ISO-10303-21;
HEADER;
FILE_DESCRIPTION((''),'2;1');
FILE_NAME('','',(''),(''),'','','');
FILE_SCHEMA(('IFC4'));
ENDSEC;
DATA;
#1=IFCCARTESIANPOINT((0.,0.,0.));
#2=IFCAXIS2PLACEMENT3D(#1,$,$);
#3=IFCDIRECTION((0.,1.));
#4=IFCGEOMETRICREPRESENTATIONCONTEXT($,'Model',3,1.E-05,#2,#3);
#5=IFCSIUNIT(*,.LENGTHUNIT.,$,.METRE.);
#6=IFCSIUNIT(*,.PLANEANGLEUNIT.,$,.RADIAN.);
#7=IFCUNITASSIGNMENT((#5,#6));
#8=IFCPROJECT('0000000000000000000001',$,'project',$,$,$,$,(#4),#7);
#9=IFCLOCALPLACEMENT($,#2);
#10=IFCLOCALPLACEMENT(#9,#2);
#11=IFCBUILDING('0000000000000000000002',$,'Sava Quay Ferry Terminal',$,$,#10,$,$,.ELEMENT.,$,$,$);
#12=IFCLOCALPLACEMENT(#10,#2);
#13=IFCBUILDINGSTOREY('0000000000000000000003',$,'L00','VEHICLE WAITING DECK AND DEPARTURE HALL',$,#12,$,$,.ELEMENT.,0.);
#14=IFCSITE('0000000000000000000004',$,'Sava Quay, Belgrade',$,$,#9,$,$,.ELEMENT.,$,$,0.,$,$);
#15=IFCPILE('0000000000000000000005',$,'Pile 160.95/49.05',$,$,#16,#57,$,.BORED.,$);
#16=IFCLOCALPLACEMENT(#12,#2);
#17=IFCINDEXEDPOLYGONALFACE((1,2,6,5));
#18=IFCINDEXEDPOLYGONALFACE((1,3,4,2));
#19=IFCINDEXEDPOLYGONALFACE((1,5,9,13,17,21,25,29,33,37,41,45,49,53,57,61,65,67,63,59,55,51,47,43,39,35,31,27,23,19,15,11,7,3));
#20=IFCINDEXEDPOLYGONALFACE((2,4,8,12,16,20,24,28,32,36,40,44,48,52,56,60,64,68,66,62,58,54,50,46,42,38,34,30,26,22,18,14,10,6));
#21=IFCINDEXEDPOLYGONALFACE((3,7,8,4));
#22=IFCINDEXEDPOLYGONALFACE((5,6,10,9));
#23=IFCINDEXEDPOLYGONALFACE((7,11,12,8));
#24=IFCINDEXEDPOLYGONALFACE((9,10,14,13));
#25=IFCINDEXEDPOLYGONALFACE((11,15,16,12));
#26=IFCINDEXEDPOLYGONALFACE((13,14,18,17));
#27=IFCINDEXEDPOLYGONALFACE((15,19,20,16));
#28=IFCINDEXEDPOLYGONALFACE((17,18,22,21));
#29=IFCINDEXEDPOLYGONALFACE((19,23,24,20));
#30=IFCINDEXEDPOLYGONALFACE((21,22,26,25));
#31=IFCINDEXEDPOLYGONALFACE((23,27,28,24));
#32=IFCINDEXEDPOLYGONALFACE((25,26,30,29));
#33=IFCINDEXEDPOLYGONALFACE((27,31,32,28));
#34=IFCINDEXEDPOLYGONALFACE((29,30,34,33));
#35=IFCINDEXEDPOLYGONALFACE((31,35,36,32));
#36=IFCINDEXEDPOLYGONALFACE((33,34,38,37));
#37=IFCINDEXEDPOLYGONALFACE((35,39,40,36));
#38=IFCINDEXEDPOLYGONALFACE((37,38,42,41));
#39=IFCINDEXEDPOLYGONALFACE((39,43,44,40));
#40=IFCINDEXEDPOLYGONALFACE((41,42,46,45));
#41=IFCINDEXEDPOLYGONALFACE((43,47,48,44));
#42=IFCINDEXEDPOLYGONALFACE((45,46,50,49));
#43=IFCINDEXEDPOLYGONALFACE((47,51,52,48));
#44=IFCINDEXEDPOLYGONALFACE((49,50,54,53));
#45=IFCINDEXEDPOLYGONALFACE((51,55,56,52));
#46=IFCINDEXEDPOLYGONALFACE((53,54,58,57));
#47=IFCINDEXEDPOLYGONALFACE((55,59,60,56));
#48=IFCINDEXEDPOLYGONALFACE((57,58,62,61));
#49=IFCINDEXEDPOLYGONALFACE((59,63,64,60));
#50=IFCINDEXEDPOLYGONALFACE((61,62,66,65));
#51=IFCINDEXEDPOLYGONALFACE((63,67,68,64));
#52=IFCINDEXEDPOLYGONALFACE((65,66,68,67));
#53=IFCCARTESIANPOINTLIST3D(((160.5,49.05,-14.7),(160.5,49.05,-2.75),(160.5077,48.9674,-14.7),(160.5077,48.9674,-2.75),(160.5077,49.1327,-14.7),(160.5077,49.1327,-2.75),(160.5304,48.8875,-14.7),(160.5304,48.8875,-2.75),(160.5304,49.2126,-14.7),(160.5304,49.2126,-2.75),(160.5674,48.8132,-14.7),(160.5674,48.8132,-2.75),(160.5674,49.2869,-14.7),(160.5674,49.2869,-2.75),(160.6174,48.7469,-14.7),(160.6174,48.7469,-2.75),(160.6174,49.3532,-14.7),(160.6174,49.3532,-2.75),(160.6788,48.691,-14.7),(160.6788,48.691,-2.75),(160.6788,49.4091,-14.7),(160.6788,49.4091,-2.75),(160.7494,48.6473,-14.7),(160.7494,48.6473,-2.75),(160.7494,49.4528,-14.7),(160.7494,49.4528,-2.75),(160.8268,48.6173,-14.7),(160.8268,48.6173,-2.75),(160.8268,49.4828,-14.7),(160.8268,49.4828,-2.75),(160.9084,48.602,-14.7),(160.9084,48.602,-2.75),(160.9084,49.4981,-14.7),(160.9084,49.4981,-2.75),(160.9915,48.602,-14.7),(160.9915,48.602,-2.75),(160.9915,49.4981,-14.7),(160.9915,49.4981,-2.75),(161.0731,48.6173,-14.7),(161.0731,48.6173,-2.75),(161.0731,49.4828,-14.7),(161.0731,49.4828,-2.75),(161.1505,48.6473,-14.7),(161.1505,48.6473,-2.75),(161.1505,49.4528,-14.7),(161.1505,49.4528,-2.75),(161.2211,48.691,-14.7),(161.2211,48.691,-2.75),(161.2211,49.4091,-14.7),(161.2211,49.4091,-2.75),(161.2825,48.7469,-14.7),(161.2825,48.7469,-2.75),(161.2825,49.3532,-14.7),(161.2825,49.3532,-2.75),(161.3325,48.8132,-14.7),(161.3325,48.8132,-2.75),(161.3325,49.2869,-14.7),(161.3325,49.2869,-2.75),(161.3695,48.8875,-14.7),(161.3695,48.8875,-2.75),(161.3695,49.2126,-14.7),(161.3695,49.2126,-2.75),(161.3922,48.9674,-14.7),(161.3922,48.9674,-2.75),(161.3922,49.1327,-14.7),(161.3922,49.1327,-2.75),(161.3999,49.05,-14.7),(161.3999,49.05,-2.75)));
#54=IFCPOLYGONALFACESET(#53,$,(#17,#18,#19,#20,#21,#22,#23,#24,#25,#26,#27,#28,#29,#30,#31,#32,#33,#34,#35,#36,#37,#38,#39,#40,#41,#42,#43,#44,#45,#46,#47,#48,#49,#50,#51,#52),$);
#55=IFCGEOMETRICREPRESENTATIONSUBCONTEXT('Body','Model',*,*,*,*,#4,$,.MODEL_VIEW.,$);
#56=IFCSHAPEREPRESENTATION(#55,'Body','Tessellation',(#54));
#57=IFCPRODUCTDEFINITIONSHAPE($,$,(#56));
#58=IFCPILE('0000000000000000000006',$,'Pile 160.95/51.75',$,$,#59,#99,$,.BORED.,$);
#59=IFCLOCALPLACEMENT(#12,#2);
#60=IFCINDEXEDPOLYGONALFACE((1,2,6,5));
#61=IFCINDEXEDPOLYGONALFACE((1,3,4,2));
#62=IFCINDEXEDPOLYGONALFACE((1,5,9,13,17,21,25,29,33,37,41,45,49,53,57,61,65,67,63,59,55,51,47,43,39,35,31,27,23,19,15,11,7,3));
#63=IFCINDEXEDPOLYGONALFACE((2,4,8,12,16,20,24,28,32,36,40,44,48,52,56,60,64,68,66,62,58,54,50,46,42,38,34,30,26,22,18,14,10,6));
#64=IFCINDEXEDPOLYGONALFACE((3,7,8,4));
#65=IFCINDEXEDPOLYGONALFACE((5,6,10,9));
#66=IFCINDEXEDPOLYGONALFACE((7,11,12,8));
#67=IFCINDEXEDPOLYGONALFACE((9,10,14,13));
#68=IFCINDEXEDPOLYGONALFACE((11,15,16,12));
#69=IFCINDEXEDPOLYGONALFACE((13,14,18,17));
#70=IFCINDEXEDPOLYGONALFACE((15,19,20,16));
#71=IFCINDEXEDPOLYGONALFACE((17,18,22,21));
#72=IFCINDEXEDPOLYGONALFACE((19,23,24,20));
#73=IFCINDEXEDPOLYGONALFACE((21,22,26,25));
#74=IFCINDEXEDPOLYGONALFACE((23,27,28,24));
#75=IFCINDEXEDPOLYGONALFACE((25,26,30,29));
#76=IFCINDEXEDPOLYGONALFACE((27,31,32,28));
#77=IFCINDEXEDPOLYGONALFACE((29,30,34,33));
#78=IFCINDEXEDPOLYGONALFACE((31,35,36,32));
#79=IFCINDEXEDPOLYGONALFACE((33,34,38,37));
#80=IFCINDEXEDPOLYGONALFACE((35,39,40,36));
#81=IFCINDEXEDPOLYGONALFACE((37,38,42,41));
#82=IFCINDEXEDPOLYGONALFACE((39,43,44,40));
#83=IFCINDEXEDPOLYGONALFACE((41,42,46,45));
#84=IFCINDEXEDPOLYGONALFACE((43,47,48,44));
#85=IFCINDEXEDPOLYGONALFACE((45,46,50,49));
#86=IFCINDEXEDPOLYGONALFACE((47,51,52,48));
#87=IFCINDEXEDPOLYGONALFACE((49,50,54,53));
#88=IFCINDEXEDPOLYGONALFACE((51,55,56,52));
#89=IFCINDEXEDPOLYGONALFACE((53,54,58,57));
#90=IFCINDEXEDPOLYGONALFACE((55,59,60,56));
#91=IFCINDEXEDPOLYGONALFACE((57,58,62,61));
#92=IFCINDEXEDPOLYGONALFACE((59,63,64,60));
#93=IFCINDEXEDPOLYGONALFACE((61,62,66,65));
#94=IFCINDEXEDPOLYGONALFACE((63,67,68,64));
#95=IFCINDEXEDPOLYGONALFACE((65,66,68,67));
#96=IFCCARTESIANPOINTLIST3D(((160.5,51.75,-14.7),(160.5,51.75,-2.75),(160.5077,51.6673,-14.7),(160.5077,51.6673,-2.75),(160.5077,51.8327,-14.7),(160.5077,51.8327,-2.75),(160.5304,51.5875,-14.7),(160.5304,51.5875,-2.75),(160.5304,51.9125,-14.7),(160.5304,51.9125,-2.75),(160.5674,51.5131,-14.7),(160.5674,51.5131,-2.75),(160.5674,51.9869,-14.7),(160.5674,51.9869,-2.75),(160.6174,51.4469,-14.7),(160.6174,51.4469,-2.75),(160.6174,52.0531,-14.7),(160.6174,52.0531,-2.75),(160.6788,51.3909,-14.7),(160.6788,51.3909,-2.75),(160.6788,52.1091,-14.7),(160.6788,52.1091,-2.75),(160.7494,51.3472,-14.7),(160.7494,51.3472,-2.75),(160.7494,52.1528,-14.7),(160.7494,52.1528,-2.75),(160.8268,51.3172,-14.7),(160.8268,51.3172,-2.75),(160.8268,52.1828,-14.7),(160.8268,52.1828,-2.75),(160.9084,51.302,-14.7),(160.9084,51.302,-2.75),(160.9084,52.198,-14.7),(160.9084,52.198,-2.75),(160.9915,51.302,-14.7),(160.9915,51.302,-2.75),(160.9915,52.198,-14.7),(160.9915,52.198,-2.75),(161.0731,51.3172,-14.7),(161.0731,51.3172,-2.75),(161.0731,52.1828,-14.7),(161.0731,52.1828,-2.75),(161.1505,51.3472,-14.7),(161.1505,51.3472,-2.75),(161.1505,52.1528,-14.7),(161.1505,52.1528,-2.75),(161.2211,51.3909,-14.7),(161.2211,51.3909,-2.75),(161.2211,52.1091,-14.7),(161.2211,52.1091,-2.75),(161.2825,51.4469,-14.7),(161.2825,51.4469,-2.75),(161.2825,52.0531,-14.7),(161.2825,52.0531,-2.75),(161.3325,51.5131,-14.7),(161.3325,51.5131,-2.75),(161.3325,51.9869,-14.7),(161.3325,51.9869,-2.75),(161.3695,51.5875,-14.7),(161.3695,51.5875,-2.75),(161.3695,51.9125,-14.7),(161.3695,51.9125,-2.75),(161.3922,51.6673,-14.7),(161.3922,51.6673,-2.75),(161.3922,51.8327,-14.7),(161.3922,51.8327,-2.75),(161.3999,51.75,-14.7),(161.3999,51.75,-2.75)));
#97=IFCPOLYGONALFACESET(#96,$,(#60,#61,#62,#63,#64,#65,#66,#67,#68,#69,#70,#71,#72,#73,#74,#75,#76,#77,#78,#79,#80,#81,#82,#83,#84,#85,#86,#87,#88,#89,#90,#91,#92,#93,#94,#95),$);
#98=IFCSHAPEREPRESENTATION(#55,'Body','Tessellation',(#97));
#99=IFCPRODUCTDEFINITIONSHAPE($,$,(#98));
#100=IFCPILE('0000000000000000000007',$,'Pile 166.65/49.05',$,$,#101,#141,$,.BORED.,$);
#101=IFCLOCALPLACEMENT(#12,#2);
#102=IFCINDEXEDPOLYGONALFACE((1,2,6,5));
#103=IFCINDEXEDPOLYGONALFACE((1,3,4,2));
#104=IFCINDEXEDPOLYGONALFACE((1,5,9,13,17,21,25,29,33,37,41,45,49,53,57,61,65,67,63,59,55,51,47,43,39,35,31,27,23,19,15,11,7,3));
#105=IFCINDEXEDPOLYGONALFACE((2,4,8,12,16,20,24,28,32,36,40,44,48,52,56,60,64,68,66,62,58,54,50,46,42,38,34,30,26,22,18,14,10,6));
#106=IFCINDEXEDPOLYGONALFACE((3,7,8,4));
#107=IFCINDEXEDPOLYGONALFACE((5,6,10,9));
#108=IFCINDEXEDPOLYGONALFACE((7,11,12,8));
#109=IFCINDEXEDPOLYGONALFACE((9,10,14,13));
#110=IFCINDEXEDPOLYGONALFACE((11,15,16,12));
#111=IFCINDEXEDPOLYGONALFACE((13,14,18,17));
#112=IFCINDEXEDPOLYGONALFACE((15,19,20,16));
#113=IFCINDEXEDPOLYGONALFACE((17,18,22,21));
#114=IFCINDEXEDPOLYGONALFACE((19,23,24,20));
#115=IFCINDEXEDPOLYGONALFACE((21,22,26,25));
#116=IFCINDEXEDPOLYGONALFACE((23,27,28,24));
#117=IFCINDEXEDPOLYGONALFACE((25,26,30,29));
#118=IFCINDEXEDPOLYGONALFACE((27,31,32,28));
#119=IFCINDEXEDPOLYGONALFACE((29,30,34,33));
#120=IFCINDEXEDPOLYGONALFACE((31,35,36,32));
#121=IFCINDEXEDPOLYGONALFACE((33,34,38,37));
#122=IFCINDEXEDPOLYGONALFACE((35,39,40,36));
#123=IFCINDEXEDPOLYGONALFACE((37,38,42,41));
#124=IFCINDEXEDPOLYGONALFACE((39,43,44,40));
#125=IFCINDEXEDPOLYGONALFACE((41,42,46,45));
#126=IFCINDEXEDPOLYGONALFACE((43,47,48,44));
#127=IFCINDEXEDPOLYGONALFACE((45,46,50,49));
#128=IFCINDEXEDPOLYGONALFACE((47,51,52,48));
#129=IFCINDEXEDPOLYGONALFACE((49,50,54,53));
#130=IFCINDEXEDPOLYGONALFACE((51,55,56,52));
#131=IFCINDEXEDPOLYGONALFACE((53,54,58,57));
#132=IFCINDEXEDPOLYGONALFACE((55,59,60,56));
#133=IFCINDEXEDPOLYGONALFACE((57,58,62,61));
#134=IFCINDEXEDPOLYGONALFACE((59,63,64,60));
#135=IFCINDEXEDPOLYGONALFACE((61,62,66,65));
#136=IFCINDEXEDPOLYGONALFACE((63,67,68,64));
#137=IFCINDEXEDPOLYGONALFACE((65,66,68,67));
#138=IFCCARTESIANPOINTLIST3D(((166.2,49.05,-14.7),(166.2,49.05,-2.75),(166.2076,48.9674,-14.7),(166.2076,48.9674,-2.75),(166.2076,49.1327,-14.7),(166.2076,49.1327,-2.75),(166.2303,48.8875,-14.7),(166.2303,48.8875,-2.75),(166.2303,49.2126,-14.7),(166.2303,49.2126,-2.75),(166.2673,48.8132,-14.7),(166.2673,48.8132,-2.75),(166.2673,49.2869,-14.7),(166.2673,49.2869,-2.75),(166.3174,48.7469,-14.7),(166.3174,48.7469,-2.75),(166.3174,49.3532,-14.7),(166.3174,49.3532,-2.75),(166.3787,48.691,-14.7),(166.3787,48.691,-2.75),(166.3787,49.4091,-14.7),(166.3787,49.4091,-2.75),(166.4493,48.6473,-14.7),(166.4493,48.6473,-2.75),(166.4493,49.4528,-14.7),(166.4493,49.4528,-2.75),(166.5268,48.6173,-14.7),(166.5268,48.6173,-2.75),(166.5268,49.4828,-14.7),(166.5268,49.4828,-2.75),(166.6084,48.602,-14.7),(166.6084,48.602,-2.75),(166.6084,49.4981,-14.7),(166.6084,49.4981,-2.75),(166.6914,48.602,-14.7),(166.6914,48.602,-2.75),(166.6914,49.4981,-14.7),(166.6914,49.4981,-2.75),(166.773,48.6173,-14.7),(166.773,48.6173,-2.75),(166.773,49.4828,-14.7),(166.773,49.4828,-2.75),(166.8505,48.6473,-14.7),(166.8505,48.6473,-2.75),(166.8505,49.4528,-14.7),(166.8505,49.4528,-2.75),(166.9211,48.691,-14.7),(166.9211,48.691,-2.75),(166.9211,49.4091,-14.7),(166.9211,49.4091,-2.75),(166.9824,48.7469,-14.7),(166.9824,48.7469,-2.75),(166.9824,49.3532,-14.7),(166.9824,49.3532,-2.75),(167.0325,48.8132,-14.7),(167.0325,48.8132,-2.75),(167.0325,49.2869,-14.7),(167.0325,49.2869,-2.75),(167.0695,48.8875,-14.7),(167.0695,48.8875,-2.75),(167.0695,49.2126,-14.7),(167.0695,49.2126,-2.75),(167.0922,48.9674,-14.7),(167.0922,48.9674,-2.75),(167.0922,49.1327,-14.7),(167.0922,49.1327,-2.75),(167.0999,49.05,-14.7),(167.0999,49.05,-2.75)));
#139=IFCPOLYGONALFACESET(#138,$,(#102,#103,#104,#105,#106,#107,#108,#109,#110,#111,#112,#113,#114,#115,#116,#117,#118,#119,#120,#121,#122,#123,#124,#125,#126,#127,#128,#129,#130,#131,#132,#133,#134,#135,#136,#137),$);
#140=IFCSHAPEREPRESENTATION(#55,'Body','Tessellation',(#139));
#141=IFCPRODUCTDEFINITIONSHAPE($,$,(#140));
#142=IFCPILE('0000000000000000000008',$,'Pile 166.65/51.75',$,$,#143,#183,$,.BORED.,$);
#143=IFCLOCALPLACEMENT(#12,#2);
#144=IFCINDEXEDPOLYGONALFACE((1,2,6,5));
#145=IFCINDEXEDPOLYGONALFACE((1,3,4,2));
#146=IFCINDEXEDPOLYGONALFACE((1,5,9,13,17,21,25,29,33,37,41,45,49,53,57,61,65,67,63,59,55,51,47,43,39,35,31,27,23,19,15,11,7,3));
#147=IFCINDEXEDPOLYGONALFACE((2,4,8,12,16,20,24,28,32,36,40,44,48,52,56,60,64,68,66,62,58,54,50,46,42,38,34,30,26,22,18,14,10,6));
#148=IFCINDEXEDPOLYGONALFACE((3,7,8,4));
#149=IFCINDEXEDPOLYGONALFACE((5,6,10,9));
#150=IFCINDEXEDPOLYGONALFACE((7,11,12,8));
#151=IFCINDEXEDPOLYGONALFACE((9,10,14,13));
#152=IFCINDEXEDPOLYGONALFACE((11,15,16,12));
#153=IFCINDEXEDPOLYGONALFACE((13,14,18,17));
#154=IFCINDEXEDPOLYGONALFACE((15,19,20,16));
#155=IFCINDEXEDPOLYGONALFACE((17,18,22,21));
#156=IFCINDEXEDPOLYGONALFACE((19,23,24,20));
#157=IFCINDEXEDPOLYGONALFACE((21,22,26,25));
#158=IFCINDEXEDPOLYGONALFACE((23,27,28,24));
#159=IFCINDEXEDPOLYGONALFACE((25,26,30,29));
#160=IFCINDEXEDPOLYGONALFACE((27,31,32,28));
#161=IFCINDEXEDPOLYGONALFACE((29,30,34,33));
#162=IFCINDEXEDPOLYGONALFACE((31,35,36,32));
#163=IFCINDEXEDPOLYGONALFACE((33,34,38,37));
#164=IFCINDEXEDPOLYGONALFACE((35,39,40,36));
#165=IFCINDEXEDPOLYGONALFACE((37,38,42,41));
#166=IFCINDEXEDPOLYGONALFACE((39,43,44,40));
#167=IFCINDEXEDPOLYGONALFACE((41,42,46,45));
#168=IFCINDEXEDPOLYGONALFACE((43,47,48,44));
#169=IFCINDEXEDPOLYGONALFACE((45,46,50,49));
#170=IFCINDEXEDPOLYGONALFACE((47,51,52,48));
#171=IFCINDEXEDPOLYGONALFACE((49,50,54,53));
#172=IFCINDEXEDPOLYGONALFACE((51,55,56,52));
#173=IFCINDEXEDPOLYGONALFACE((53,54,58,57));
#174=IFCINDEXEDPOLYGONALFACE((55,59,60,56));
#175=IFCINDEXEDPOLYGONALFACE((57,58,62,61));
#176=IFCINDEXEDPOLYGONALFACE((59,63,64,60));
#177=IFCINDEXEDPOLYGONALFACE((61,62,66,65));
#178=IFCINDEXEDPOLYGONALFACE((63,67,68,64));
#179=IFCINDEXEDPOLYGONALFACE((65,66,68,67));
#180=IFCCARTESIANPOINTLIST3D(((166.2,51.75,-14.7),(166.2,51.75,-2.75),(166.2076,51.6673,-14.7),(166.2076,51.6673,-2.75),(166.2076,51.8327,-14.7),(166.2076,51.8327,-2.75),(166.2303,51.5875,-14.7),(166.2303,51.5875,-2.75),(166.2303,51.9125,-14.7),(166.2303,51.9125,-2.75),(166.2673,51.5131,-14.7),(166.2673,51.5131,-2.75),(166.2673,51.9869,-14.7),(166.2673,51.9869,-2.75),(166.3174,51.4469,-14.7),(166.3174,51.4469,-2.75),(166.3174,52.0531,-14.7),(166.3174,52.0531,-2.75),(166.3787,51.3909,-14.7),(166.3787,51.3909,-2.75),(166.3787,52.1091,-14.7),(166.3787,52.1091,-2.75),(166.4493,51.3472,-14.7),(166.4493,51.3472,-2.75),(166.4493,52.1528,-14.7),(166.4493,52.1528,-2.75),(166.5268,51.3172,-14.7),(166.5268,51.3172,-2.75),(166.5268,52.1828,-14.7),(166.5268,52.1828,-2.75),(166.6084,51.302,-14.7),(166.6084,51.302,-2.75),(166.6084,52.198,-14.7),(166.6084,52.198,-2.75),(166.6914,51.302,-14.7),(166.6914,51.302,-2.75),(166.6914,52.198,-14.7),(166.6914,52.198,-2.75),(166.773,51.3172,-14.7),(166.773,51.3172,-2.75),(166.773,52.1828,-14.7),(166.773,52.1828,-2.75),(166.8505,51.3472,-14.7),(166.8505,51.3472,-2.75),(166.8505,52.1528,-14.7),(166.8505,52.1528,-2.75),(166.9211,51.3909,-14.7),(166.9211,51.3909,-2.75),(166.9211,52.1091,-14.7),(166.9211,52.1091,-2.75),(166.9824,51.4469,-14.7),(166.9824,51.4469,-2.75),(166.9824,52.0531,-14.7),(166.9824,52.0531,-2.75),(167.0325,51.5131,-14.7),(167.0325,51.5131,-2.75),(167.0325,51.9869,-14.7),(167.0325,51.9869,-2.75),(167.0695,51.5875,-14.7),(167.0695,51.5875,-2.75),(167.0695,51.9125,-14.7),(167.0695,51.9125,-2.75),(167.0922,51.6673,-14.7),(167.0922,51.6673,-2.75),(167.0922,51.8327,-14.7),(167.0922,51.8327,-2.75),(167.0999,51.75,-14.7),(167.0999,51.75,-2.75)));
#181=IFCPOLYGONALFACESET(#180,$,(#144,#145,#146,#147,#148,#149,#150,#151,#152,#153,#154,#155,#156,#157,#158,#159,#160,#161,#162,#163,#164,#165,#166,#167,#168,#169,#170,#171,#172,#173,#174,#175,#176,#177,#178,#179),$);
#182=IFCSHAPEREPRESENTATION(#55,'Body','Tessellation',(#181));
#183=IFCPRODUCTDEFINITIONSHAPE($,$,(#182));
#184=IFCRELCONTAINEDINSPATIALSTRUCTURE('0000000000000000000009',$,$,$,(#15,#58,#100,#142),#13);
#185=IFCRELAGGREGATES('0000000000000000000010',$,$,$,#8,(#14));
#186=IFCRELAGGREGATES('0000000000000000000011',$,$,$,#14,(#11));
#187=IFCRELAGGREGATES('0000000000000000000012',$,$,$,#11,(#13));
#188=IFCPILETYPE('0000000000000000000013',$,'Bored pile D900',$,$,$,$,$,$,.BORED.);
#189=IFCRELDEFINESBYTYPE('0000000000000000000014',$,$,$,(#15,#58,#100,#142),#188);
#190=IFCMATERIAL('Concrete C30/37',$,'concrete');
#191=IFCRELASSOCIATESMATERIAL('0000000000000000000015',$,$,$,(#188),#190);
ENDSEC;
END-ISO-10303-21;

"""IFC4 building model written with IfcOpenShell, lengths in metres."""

from ifc_helpers import new_model, si_unit, direction, frame, origin, origin_2d, place, context, subcontext, project, spatial, circle, extrude, material, material_profile, profile_set, type_object, element, save


model = new_model("IFC4")

# Units and contexts
model_context = context("Model", 3, precision=1e-05, world=origin(), true_north=direction((0.0, 1.0)))
body_context = subcontext(model_context, "Body", "Model", "MODEL_VIEW")
ifc_project = project(units=[si_unit("LENGTHUNIT", "METRE"), si_unit("PLANEANGLEUNIT", "RADIAN")], contexts=[model_context])

# Site, building, storey
site_placement = place(None, origin())
site = spatial("IfcSite", under=ifc_project, at=site_placement, Name="Sava Quay, Belgrade", CompositionType="ELEMENT", RefElevation=0.0)
building_placement = place(site_placement, origin())
building = spatial("IfcBuilding", under=site, at=building_placement, Name="Sava Quay Ferry Terminal", CompositionType="ELEMENT")
storey_placement = place(building_placement, origin())
storey = spatial("IfcBuildingStorey", under=building, at=storey_placement, Name="L00", Description="VEHICLE WAITING DECK AND DEPARTURE HALL", CompositionType="ELEMENT", Elevation=0.0)

# Piles
ifc_material_1 = material(Name="Concrete C30/37", Category="concrete")
ifc_material_profile_1 = material_profile(ifc_material_1, circle(Radius=0.45, at=origin_2d()), Name="Bored pile D900")
ifc_profile_set_1 = profile_set([ifc_material_profile_1], Name="Concrete C30/37")
pile_type = type_object("IfcPileType", Name="Bored pile D900", PredefinedType="BORED", material=ifc_profile_set_1)
for number, where, z_axis, x_axis, name in (
    (1, (160.95, 49.05, -2.75), (0.0, 0.0, -1.0), (1.0, 0.0, 0.0), "Pile 160.95/49.05"),
    (2, (160.95, 51.75, -2.75), (0.0, 0.0, -1.0), (1.0, 0.0, 0.0), "Pile 160.95/51.75"),
    (3, (166.6499, 49.05, -2.75), (0.0, 0.0, -1.0), (1.0, 0.0, 0.0), "Pile 166.65/49.05"),
    (4, (166.6499, 51.75, -2.75), (0.0, 0.0, -1.0), (1.0, 0.0, 0.0), "Pile 166.65/51.75"),
):
    element("IfcPile", number, at=place(storey_placement, frame(where, z_axis=z_axis, x_axis=x_axis)), inside=storey, type_object=pile_type, Name=name, PredefinedType="BORED", context=body_context, shape_type="SweptSolid", body=[
        extrude(circle(Radius=0.45, at=origin_2d()), origin(), (0.0, 0.0, 1.0), 11.95),
    ])

save(model, "model.ifc")
